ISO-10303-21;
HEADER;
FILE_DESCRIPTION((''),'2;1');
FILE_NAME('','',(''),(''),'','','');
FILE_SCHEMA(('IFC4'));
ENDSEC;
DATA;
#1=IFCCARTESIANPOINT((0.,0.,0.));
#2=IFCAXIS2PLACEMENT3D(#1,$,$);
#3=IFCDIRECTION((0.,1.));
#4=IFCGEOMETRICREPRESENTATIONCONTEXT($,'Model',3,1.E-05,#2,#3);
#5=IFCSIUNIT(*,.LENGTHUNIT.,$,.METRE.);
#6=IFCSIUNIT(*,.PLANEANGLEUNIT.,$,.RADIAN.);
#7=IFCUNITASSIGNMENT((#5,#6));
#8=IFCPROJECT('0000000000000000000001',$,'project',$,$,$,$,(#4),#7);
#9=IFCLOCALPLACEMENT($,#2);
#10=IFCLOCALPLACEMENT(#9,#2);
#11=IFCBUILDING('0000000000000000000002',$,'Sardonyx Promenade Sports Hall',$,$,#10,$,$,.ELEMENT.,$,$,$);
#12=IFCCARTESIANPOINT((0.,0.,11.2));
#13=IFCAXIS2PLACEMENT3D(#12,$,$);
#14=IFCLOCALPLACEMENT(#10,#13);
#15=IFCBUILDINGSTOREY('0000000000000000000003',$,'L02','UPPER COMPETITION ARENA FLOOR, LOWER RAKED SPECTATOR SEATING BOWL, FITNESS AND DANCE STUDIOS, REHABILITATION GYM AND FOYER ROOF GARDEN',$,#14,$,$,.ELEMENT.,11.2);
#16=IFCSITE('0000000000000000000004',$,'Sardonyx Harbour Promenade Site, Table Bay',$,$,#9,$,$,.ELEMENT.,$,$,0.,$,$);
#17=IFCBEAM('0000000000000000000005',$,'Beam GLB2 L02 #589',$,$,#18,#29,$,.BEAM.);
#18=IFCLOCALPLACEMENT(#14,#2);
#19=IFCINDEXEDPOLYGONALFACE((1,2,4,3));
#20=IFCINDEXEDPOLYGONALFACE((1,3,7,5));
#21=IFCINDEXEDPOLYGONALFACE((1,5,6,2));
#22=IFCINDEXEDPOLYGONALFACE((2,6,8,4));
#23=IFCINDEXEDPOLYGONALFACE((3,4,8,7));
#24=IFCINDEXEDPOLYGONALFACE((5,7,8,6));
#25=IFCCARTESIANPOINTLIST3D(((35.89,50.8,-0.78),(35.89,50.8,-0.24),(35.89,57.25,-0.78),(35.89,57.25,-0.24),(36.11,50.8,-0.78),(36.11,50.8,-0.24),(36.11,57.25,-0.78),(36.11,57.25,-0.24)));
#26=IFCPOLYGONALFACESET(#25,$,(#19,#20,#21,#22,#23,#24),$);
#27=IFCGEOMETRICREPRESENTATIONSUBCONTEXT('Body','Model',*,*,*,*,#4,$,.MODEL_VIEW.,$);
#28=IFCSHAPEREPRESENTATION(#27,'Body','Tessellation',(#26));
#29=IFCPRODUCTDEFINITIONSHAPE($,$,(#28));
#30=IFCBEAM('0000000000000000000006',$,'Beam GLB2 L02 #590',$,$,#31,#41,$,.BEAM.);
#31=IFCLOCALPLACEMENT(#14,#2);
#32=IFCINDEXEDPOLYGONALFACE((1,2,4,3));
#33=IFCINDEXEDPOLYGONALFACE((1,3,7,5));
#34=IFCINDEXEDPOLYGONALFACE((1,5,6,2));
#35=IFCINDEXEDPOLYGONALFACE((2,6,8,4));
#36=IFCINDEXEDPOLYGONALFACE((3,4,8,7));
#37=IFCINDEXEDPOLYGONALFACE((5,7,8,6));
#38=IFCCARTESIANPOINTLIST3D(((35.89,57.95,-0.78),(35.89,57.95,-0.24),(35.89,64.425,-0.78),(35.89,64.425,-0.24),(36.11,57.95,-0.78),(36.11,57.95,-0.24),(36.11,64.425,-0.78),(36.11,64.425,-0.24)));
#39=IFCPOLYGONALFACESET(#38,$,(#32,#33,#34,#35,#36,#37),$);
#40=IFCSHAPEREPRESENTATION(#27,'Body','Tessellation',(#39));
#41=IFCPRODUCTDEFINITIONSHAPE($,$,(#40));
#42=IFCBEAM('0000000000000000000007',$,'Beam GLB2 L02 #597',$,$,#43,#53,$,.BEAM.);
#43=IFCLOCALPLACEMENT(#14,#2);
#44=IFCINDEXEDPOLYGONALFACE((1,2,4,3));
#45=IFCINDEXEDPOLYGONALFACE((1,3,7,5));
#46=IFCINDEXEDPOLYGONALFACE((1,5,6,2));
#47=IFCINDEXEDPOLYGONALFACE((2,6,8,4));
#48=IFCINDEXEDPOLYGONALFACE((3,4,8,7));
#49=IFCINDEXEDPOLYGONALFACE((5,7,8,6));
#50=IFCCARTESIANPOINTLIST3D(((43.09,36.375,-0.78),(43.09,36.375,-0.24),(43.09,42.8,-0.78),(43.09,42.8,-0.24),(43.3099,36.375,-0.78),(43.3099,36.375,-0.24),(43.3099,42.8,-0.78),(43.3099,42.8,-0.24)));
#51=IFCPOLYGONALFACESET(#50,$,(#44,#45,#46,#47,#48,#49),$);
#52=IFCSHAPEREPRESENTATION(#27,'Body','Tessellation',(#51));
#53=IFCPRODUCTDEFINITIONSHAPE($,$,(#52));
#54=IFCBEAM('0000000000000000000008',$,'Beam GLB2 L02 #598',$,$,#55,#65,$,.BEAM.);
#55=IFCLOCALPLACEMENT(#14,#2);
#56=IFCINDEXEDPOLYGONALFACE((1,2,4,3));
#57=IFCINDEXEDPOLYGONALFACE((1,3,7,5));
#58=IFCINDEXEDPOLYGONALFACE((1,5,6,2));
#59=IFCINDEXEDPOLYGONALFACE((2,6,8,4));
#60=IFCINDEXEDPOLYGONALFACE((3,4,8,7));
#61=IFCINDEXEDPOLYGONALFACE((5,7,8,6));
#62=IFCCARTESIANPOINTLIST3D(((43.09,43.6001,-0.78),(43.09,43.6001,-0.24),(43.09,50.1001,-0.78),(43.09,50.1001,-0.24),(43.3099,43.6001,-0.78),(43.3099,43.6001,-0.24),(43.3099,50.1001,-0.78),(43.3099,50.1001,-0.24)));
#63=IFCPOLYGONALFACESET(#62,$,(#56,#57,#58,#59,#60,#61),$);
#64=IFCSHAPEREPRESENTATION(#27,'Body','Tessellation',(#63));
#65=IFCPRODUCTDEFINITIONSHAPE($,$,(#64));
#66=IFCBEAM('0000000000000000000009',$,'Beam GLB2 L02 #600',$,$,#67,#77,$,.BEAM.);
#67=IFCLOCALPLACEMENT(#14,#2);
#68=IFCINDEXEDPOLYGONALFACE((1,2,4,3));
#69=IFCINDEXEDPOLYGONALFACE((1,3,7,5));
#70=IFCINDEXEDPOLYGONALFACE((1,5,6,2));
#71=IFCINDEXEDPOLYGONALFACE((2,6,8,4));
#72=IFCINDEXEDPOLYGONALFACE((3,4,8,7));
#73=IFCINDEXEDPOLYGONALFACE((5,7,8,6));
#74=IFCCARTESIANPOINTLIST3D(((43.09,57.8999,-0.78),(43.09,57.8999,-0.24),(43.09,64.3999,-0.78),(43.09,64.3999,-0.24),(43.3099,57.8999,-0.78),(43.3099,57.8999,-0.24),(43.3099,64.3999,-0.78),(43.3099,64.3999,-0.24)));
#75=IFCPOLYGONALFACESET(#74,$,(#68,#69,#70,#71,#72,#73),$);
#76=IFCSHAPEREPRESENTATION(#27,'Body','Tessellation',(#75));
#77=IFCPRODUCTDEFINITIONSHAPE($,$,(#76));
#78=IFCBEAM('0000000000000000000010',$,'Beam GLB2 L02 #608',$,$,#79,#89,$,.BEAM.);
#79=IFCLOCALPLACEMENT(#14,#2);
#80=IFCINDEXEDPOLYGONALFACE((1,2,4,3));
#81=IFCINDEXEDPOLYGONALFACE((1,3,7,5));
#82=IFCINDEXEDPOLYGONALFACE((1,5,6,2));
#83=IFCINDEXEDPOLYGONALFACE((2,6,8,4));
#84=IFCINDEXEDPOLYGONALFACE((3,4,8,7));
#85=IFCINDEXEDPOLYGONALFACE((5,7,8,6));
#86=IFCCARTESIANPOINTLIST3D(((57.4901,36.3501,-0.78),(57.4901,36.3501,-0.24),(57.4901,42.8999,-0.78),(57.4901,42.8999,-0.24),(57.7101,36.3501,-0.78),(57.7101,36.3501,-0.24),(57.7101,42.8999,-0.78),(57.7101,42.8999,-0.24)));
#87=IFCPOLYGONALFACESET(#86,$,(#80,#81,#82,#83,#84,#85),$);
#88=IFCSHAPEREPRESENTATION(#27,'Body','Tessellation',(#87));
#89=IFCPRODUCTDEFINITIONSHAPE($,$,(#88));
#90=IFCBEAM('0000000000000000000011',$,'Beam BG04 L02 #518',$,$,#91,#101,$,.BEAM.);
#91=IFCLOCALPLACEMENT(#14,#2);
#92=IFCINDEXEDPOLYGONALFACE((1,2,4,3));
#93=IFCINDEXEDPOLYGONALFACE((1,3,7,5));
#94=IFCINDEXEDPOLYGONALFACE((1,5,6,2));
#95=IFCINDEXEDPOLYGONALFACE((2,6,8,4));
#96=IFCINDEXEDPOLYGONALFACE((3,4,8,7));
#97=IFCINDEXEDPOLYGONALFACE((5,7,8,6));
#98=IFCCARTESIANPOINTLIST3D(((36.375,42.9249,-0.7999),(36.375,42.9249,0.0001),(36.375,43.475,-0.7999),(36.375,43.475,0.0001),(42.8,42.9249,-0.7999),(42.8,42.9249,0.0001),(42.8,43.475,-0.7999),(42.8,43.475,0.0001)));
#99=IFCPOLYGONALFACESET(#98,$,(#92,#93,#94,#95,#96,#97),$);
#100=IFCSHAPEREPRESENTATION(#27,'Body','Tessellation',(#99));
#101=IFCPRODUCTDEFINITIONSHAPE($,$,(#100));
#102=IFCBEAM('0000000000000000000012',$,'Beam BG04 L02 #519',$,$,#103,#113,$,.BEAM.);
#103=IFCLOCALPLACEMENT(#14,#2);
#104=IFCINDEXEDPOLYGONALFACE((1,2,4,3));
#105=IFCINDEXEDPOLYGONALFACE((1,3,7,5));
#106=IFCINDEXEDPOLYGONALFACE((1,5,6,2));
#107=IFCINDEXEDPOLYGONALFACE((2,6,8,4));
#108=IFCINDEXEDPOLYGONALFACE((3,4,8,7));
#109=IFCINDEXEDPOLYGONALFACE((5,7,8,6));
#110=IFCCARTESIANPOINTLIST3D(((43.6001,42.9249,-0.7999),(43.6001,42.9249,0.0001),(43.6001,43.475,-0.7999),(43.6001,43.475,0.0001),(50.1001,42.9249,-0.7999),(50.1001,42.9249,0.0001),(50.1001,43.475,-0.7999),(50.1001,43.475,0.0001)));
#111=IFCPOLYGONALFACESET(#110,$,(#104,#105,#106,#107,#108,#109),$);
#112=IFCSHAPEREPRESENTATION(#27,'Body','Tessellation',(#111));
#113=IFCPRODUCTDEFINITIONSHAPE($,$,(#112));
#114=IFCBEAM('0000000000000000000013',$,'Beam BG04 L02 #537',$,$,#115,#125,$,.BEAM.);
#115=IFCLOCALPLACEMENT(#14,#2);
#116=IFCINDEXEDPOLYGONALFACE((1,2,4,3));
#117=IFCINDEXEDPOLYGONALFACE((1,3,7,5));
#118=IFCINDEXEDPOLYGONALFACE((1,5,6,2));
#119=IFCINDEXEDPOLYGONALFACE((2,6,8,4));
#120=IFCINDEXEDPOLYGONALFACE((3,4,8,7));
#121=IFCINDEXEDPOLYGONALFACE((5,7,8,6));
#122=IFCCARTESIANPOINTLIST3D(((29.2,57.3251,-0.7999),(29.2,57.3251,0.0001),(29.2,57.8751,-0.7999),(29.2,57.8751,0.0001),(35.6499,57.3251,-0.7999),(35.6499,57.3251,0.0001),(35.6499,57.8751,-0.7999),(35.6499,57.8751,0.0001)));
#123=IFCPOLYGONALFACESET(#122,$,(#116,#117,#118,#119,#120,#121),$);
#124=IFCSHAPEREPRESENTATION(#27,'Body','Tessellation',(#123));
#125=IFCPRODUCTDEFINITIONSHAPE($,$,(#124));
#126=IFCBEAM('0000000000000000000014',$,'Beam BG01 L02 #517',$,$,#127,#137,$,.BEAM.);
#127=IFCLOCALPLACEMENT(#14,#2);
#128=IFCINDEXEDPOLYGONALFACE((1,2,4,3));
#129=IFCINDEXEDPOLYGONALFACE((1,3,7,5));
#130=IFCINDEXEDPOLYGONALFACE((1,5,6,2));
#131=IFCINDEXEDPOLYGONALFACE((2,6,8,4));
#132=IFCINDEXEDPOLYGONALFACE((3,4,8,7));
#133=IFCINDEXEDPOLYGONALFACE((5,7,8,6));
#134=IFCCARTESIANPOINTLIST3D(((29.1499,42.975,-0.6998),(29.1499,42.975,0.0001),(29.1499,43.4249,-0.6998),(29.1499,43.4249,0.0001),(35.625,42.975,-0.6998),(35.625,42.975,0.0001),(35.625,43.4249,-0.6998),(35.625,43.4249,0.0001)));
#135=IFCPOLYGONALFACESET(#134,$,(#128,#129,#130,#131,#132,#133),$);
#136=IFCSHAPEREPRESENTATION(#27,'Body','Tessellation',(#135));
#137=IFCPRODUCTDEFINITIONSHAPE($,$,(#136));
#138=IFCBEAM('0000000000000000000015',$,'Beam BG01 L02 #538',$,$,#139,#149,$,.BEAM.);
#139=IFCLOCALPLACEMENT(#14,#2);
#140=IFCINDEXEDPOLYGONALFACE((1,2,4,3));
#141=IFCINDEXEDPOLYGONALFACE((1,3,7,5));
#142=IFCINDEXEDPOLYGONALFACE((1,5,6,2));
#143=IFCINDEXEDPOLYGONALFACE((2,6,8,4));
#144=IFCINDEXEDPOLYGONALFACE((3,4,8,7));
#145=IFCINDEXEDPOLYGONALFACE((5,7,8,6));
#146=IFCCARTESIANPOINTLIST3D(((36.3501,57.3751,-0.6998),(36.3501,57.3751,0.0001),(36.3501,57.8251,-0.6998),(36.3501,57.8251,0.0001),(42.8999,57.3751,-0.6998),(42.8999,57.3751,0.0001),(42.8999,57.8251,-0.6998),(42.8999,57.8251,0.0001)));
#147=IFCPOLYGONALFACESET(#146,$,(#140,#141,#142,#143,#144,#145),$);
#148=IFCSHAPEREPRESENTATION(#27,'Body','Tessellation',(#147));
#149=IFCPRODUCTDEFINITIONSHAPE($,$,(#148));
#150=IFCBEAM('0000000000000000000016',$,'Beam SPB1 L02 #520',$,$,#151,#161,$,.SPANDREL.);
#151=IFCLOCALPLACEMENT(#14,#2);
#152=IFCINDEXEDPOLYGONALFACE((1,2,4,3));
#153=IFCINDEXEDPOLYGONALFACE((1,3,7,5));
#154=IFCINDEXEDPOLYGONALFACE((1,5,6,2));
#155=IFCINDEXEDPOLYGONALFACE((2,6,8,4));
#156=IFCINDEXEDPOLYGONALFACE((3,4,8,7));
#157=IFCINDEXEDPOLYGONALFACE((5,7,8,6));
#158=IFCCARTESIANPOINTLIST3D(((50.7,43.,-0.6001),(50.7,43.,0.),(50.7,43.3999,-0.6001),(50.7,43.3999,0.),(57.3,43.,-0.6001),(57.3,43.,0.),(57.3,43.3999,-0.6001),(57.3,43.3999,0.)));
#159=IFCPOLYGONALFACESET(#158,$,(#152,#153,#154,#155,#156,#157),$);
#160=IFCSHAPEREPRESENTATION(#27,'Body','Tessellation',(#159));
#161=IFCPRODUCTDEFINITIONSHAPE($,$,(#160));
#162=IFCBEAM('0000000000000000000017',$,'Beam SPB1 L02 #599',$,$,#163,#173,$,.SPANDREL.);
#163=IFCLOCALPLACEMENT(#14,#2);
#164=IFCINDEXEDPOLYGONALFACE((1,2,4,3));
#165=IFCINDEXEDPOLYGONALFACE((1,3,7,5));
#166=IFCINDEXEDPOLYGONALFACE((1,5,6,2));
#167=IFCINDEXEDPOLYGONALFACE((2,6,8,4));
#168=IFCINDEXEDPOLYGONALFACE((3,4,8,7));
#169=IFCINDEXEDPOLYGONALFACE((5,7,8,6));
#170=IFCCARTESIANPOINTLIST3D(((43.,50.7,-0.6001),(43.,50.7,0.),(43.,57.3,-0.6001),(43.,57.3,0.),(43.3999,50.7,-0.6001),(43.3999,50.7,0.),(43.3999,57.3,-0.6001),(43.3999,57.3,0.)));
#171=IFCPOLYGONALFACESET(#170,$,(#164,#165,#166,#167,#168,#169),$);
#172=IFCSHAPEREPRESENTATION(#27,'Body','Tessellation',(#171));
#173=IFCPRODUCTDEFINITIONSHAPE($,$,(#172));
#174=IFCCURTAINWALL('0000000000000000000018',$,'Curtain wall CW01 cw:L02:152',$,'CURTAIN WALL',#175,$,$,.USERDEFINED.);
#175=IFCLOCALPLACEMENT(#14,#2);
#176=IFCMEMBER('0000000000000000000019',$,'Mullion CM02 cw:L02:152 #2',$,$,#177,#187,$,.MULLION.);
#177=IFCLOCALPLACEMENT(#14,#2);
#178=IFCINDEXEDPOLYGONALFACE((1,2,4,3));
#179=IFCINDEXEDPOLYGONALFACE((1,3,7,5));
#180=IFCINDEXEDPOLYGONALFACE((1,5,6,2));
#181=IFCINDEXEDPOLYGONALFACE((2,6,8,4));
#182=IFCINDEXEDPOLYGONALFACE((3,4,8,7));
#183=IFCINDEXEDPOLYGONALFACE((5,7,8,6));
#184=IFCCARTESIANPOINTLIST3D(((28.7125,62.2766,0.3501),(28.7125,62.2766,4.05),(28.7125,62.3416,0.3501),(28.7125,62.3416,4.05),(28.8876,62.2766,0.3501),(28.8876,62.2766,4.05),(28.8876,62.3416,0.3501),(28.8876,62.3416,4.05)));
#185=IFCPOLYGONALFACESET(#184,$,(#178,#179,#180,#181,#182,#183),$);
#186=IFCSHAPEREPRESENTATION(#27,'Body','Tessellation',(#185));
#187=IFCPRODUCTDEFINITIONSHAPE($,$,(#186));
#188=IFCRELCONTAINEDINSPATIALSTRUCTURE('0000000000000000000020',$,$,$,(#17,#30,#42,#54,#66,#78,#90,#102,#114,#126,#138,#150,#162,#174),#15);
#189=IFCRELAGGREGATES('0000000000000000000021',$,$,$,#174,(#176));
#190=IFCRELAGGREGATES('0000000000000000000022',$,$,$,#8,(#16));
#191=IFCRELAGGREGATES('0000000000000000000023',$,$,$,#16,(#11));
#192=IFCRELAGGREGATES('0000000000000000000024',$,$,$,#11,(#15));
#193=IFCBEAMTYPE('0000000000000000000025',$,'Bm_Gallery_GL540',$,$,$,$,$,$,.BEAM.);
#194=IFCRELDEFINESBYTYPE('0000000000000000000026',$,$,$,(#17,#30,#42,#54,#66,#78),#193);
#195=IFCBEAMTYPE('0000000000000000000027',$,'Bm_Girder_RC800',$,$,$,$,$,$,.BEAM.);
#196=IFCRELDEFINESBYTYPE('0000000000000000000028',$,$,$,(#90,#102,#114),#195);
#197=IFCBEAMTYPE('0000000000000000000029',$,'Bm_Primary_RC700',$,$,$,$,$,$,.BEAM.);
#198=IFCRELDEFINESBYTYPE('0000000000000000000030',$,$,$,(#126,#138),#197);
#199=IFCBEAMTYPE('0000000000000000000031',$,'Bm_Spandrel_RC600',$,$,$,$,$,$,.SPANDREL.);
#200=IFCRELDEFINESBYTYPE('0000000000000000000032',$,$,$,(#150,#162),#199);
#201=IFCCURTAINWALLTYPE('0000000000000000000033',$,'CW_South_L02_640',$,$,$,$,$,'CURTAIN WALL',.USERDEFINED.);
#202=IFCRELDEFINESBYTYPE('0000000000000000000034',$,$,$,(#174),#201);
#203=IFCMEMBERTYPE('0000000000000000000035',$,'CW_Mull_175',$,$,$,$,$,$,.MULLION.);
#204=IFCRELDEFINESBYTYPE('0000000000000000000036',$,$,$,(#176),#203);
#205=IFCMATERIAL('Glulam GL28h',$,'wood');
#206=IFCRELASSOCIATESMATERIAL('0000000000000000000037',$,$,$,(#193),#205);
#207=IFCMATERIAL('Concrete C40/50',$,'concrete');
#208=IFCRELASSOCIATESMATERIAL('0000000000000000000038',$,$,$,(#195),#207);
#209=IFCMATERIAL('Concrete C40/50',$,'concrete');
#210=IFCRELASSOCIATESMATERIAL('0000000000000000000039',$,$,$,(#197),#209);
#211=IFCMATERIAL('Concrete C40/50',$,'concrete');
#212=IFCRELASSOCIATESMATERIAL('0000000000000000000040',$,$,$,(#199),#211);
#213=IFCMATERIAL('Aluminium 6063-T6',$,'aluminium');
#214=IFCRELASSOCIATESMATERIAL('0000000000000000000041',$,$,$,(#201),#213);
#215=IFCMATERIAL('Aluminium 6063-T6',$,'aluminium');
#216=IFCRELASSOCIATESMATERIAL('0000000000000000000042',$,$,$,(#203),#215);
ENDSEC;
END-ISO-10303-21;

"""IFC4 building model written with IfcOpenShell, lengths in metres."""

from ifc_helpers import new_model, si_unit, direction, frame, origin, origin_2d, place, context, subcontext, project, spatial, rectangle, extrude, material, material_profile, profile_set, type_object, element, aggregate, save


model = new_model("IFC4")

# Units and contexts
model_context = context("Model", 3, precision=1e-05, world=origin(), true_north=direction((0.0, 1.0)))
body_context = subcontext(model_context, "Body", "Model", "MODEL_VIEW")
ifc_project = project(units=[si_unit("LENGTHUNIT", "METRE"), si_unit("PLANEANGLEUNIT", "RADIAN")], contexts=[model_context])

# Site, building, storey
site_placement = place(None, origin())
site = spatial("IfcSite", under=ifc_project, at=site_placement, Name="Sardonyx Harbour Promenade Site, Table Bay", CompositionType="ELEMENT", RefElevation=0.0)
building_placement = place(site_placement, origin())
building = spatial("IfcBuilding", under=site, at=building_placement, Name="Sardonyx Promenade Sports Hall", CompositionType="ELEMENT")
storey_placement = place(building_placement, frame((0.0, 0.0, 11.2)))
storey = spatial("IfcBuildingStorey", under=building, at=storey_placement, Name="L02", Description="UPPER COMPETITION ARENA FLOOR, LOWER RAKED SPECTATOR SEATING BOWL, FITNESS AND DANCE STUDIOS, REHABILITATION GYM AND FOYER ROOF GARDEN", CompositionType="ELEMENT", Elevation=11.2)

# Beams
ifc_material_1 = material(Name="Glulam GL28h", Category="wood")
ifc_material_profile_1 = material_profile(ifc_material_1, rectangle(XDim=0.22, YDim=0.54, at=origin_2d()))
ifc_profile_set_1 = profile_set([ifc_material_profile_1], Name="Glulam GL28h")
beam_type_1 = type_object("IfcBeamType", Name="Bm_Gallery_GL540", PredefinedType="BEAM", material=ifc_profile_set_1)
beam_1_placement = place(storey_placement, frame((36.0, 50.8, -0.51), z_axis=(0.0, 1.0, 0.0), x_axis=(-1.0, 0.0, 0.0)))
element("IfcBeam", 1, at=beam_1_placement, inside=storey, type_object=beam_type_1, Name="Beam GLB2 L02 #589", PredefinedType="BEAM", context=body_context, shape_type="SweptSolid", body=[
    extrude(rectangle(XDim=0.22, YDim=0.54, at=origin_2d()), origin(), (0.0, 0.0, 1.0), 6.45),
])
beam_2_placement = place(storey_placement, frame((36.0, 57.95, -0.51), z_axis=(0.0, 1.0, 0.0), x_axis=(-1.0, 0.0, 0.0)))
element("IfcBeam", 2, at=beam_2_placement, inside=storey, type_object=beam_type_1, Name="Beam GLB2 L02 #590", PredefinedType="BEAM", context=body_context, shape_type="SweptSolid", body=[
    extrude(rectangle(XDim=0.22, YDim=0.54, at=origin_2d()), origin(), (0.0, 0.0, 1.0), 6.4751),
])
beam_3_placement = place(storey_placement, frame((43.2, 36.375, -0.51), z_axis=(0.0, 1.0, 0.0), x_axis=(-1.0, 0.0, 0.0)))
element("IfcBeam", 3, at=beam_3_placement, inside=storey, type_object=beam_type_1, Name="Beam GLB2 L02 #597", PredefinedType="BEAM", context=body_context, shape_type="SweptSolid", body=[
    extrude(rectangle(XDim=0.22, YDim=0.54, at=origin_2d()), origin(), (0.0, 0.0, 1.0), 6.425),
])
for number, where, z_axis, x_axis, name in (
    (4, (43.2, 43.6001, -0.51), (0.0, 1.0, 0.0), (-1.0, 0.0, 0.0), "Beam GLB2 L02 #598"),
    (5, (43.2, 57.8999, -0.51), (0.0, 1.0, 0.0), (-1.0, 0.0, 0.0), "Beam GLB2 L02 #600"),
):
    element("IfcBeam", number, at=place(storey_placement, frame(where, z_axis=z_axis, x_axis=x_axis)), inside=storey, type_object=beam_type_1, Name=name, PredefinedType="BEAM", context=body_context, shape_type="SweptSolid", body=[
        extrude(rectangle(XDim=0.22, YDim=0.54, at=origin_2d()), origin(), (0.0, 0.0, 1.0), 6.5),
    ])
beam_4_placement = place(storey_placement, frame((57.6001, 36.3501, -0.51), z_axis=(0.0, 1.0, 0.0), x_axis=(-1.0, 0.0, 0.0)))
element("IfcBeam", 6, at=beam_4_placement, inside=storey, type_object=beam_type_1, Name="Beam GLB2 L02 #608", PredefinedType="BEAM", context=body_context, shape_type="SweptSolid", body=[
    extrude(rectangle(XDim=0.22, YDim=0.54, at=origin_2d()), origin(), (0.0, 0.0, 1.0), 6.5498),
])
ifc_material_2 = material(Name="Concrete C40/50", Category="concrete")
ifc_material_profile_2 = material_profile(ifc_material_2, rectangle(XDim=0.55, YDim=0.8, at=origin_2d()))
ifc_profile_set_2 = profile_set([ifc_material_profile_2], Name="Concrete C40/50")
beam_type_2 = type_object("IfcBeamType", Name="Bm_Girder_RC800", PredefinedType="BEAM", material=ifc_profile_set_2)
beam_5_placement = place(storey_placement, frame((36.375, 43.2, -0.3999), z_axis=(1.0, 0.0, 0.0), x_axis=(0.0, 1.0, 0.0)))
element("IfcBeam", 7, at=beam_5_placement, inside=storey, type_object=beam_type_2, Name="Beam BG04 L02 #518", PredefinedType="BEAM", context=body_context, shape_type="SweptSolid", body=[
    extrude(rectangle(XDim=0.55, YDim=0.8, at=origin_2d()), origin(), (0.0, 0.0, 1.0), 6.425),
])
beam_6_placement = place(storey_placement, frame((43.6001, 43.2, -0.3999), z_axis=(1.0, 0.0, 0.0), x_axis=(0.0, 1.0, 0.0)))
element("IfcBeam", 8, at=beam_6_placement, inside=storey, type_object=beam_type_2, Name="Beam BG04 L02 #519", PredefinedType="BEAM", context=body_context, shape_type="SweptSolid", body=[
    extrude(rectangle(XDim=0.55, YDim=0.8, at=origin_2d()), origin(), (0.0, 0.0, 1.0), 6.5),
])
beam_7_placement = place(storey_placement, frame((29.2, 57.6001, -0.3999), z_axis=(1.0, 0.0, 0.0), x_axis=(0.0, 1.0, 0.0)))
element("IfcBeam", 9, at=beam_7_placement, inside=storey, type_object=beam_type_2, Name="Beam BG04 L02 #537", PredefinedType="BEAM", context=body_context, shape_type="SweptSolid", body=[
    extrude(rectangle(XDim=0.55, YDim=0.8, at=origin_2d()), origin(), (0.0, 0.0, 1.0), 6.45),
])
ifc_material_3 = material(Name="Concrete C40/50", Category="concrete")
ifc_material_profile_3 = material_profile(ifc_material_3, rectangle(XDim=0.45, YDim=0.7, at=origin_2d()))
ifc_profile_set_3 = profile_set([ifc_material_profile_3], Name="Concrete C40/50")
beam_type_3 = type_object("IfcBeamType", Name="Bm_Primary_RC700", PredefinedType="BEAM", material=ifc_profile_set_3)
beam_8_placement = place(storey_placement, frame((29.1499, 43.2, -0.3499), z_axis=(1.0, 0.0, 0.0), x_axis=(0.0, 1.0, 0.0)))
element("IfcBeam", 10, at=beam_8_placement, inside=storey, type_object=beam_type_3, Name="Beam BG01 L02 #517", PredefinedType="BEAM", context=body_context, shape_type="SweptSolid", body=[
    extrude(rectangle(XDim=0.45, YDim=0.7, at=origin_2d()), origin(), (0.0, 0.0, 1.0), 6.4751),
])
beam_9_placement = place(storey_placement, frame((36.3501, 57.6001, -0.3499), z_axis=(1.0, 0.0, 0.0), x_axis=(0.0, 1.0, 0.0)))
element("IfcBeam", 11, at=beam_9_placement, inside=storey, type_object=beam_type_3, Name="Beam BG01 L02 #538", PredefinedType="BEAM", context=body_context, shape_type="SweptSolid", body=[
    extrude(rectangle(XDim=0.45, YDim=0.7, at=origin_2d()), origin(), (0.0, 0.0, 1.0), 6.5498),
])
ifc_material_4 = material(Name="Concrete C40/50", Category="concrete")
ifc_material_profile_4 = material_profile(ifc_material_4, rectangle(XDim=0.3999, YDim=0.6001, at=origin_2d()))
ifc_profile_set_4 = profile_set([ifc_material_profile_4], Name="Concrete C40/50")
beam_type_4 = type_object("IfcBeamType", Name="Bm_Spandrel_RC600", PredefinedType="SPANDREL", material=ifc_profile_set_4)
for number, where, z_axis, x_axis, name in (
    (12, (50.7, 43.2, -0.3), (1.0, 0.0, 0.0), (0.0, 1.0, 0.0), "Beam SPB1 L02 #520"),
    (13, (43.2, 50.7, -0.3), (0.0, 1.0, 0.0), (-1.0, 0.0, 0.0), "Beam SPB1 L02 #599"),
):
    element("IfcBeam", number, at=place(storey_placement, frame(where, z_axis=z_axis, x_axis=x_axis)), inside=storey, type_object=beam_type_4, Name=name, PredefinedType="SPANDREL", context=body_context, shape_type="SweptSolid", body=[
        extrude(rectangle(XDim=0.3999, YDim=0.6001, at=origin_2d()), origin(), (0.0, 0.0, 1.0), 6.6001),
    ])

# Curtain wall, member
ifc_material_5 = material(Name="Aluminium 6063-T6", Category="aluminium")
curtain_wall_type = type_object("IfcCurtainWallType", Name="CW_South_L02_640", ElementType="CURTAIN WALL", PredefinedType="USERDEFINED", material=ifc_material_5)
curtain_wall_placement = place(storey_placement, origin())
curtain_wall = element("IfcCurtainWall", 14, at=curtain_wall_placement, inside=storey, type_object=curtain_wall_type, Name="Curtain wall CW01 cw:L02:152", ObjectType="CURTAIN WALL", PredefinedType="USERDEFINED")
ifc_material_6 = material(Name="Aluminium 6063-T6", Category="aluminium")
ifc_material_profile_5 = material_profile(ifc_material_6, rectangle(XDim=0.0649, YDim=0.175, at=origin_2d()))
ifc_profile_set_5 = profile_set([ifc_material_profile_5], Name="Aluminium 6063-T6")
member_type_1 = type_object("IfcMemberType", Name="CW_Mull_175", PredefinedType="MULLION", material=ifc_profile_set_5)
member_1_placement = place(storey_placement, frame((28.8, 62.3091, 0.3501), z_axis=(0.0, 0.0, 1.0), x_axis=(0.0, -1.0, 0.0)))
member_1 = element("IfcMember", 15, at=member_1_placement, type_object=member_type_1, Name="Mullion CM02 cw:L02:152 #2", PredefinedType="MULLION", context=body_context, shape_type="SweptSolid", body=[
    extrude(rectangle(XDim=0.0649, YDim=0.175, at=origin_2d()), origin(), (0.0, 0.0, 1.0), 3.7),
])
aggregate(curtain_wall, [member_1])

save(model, "model.ifc")
